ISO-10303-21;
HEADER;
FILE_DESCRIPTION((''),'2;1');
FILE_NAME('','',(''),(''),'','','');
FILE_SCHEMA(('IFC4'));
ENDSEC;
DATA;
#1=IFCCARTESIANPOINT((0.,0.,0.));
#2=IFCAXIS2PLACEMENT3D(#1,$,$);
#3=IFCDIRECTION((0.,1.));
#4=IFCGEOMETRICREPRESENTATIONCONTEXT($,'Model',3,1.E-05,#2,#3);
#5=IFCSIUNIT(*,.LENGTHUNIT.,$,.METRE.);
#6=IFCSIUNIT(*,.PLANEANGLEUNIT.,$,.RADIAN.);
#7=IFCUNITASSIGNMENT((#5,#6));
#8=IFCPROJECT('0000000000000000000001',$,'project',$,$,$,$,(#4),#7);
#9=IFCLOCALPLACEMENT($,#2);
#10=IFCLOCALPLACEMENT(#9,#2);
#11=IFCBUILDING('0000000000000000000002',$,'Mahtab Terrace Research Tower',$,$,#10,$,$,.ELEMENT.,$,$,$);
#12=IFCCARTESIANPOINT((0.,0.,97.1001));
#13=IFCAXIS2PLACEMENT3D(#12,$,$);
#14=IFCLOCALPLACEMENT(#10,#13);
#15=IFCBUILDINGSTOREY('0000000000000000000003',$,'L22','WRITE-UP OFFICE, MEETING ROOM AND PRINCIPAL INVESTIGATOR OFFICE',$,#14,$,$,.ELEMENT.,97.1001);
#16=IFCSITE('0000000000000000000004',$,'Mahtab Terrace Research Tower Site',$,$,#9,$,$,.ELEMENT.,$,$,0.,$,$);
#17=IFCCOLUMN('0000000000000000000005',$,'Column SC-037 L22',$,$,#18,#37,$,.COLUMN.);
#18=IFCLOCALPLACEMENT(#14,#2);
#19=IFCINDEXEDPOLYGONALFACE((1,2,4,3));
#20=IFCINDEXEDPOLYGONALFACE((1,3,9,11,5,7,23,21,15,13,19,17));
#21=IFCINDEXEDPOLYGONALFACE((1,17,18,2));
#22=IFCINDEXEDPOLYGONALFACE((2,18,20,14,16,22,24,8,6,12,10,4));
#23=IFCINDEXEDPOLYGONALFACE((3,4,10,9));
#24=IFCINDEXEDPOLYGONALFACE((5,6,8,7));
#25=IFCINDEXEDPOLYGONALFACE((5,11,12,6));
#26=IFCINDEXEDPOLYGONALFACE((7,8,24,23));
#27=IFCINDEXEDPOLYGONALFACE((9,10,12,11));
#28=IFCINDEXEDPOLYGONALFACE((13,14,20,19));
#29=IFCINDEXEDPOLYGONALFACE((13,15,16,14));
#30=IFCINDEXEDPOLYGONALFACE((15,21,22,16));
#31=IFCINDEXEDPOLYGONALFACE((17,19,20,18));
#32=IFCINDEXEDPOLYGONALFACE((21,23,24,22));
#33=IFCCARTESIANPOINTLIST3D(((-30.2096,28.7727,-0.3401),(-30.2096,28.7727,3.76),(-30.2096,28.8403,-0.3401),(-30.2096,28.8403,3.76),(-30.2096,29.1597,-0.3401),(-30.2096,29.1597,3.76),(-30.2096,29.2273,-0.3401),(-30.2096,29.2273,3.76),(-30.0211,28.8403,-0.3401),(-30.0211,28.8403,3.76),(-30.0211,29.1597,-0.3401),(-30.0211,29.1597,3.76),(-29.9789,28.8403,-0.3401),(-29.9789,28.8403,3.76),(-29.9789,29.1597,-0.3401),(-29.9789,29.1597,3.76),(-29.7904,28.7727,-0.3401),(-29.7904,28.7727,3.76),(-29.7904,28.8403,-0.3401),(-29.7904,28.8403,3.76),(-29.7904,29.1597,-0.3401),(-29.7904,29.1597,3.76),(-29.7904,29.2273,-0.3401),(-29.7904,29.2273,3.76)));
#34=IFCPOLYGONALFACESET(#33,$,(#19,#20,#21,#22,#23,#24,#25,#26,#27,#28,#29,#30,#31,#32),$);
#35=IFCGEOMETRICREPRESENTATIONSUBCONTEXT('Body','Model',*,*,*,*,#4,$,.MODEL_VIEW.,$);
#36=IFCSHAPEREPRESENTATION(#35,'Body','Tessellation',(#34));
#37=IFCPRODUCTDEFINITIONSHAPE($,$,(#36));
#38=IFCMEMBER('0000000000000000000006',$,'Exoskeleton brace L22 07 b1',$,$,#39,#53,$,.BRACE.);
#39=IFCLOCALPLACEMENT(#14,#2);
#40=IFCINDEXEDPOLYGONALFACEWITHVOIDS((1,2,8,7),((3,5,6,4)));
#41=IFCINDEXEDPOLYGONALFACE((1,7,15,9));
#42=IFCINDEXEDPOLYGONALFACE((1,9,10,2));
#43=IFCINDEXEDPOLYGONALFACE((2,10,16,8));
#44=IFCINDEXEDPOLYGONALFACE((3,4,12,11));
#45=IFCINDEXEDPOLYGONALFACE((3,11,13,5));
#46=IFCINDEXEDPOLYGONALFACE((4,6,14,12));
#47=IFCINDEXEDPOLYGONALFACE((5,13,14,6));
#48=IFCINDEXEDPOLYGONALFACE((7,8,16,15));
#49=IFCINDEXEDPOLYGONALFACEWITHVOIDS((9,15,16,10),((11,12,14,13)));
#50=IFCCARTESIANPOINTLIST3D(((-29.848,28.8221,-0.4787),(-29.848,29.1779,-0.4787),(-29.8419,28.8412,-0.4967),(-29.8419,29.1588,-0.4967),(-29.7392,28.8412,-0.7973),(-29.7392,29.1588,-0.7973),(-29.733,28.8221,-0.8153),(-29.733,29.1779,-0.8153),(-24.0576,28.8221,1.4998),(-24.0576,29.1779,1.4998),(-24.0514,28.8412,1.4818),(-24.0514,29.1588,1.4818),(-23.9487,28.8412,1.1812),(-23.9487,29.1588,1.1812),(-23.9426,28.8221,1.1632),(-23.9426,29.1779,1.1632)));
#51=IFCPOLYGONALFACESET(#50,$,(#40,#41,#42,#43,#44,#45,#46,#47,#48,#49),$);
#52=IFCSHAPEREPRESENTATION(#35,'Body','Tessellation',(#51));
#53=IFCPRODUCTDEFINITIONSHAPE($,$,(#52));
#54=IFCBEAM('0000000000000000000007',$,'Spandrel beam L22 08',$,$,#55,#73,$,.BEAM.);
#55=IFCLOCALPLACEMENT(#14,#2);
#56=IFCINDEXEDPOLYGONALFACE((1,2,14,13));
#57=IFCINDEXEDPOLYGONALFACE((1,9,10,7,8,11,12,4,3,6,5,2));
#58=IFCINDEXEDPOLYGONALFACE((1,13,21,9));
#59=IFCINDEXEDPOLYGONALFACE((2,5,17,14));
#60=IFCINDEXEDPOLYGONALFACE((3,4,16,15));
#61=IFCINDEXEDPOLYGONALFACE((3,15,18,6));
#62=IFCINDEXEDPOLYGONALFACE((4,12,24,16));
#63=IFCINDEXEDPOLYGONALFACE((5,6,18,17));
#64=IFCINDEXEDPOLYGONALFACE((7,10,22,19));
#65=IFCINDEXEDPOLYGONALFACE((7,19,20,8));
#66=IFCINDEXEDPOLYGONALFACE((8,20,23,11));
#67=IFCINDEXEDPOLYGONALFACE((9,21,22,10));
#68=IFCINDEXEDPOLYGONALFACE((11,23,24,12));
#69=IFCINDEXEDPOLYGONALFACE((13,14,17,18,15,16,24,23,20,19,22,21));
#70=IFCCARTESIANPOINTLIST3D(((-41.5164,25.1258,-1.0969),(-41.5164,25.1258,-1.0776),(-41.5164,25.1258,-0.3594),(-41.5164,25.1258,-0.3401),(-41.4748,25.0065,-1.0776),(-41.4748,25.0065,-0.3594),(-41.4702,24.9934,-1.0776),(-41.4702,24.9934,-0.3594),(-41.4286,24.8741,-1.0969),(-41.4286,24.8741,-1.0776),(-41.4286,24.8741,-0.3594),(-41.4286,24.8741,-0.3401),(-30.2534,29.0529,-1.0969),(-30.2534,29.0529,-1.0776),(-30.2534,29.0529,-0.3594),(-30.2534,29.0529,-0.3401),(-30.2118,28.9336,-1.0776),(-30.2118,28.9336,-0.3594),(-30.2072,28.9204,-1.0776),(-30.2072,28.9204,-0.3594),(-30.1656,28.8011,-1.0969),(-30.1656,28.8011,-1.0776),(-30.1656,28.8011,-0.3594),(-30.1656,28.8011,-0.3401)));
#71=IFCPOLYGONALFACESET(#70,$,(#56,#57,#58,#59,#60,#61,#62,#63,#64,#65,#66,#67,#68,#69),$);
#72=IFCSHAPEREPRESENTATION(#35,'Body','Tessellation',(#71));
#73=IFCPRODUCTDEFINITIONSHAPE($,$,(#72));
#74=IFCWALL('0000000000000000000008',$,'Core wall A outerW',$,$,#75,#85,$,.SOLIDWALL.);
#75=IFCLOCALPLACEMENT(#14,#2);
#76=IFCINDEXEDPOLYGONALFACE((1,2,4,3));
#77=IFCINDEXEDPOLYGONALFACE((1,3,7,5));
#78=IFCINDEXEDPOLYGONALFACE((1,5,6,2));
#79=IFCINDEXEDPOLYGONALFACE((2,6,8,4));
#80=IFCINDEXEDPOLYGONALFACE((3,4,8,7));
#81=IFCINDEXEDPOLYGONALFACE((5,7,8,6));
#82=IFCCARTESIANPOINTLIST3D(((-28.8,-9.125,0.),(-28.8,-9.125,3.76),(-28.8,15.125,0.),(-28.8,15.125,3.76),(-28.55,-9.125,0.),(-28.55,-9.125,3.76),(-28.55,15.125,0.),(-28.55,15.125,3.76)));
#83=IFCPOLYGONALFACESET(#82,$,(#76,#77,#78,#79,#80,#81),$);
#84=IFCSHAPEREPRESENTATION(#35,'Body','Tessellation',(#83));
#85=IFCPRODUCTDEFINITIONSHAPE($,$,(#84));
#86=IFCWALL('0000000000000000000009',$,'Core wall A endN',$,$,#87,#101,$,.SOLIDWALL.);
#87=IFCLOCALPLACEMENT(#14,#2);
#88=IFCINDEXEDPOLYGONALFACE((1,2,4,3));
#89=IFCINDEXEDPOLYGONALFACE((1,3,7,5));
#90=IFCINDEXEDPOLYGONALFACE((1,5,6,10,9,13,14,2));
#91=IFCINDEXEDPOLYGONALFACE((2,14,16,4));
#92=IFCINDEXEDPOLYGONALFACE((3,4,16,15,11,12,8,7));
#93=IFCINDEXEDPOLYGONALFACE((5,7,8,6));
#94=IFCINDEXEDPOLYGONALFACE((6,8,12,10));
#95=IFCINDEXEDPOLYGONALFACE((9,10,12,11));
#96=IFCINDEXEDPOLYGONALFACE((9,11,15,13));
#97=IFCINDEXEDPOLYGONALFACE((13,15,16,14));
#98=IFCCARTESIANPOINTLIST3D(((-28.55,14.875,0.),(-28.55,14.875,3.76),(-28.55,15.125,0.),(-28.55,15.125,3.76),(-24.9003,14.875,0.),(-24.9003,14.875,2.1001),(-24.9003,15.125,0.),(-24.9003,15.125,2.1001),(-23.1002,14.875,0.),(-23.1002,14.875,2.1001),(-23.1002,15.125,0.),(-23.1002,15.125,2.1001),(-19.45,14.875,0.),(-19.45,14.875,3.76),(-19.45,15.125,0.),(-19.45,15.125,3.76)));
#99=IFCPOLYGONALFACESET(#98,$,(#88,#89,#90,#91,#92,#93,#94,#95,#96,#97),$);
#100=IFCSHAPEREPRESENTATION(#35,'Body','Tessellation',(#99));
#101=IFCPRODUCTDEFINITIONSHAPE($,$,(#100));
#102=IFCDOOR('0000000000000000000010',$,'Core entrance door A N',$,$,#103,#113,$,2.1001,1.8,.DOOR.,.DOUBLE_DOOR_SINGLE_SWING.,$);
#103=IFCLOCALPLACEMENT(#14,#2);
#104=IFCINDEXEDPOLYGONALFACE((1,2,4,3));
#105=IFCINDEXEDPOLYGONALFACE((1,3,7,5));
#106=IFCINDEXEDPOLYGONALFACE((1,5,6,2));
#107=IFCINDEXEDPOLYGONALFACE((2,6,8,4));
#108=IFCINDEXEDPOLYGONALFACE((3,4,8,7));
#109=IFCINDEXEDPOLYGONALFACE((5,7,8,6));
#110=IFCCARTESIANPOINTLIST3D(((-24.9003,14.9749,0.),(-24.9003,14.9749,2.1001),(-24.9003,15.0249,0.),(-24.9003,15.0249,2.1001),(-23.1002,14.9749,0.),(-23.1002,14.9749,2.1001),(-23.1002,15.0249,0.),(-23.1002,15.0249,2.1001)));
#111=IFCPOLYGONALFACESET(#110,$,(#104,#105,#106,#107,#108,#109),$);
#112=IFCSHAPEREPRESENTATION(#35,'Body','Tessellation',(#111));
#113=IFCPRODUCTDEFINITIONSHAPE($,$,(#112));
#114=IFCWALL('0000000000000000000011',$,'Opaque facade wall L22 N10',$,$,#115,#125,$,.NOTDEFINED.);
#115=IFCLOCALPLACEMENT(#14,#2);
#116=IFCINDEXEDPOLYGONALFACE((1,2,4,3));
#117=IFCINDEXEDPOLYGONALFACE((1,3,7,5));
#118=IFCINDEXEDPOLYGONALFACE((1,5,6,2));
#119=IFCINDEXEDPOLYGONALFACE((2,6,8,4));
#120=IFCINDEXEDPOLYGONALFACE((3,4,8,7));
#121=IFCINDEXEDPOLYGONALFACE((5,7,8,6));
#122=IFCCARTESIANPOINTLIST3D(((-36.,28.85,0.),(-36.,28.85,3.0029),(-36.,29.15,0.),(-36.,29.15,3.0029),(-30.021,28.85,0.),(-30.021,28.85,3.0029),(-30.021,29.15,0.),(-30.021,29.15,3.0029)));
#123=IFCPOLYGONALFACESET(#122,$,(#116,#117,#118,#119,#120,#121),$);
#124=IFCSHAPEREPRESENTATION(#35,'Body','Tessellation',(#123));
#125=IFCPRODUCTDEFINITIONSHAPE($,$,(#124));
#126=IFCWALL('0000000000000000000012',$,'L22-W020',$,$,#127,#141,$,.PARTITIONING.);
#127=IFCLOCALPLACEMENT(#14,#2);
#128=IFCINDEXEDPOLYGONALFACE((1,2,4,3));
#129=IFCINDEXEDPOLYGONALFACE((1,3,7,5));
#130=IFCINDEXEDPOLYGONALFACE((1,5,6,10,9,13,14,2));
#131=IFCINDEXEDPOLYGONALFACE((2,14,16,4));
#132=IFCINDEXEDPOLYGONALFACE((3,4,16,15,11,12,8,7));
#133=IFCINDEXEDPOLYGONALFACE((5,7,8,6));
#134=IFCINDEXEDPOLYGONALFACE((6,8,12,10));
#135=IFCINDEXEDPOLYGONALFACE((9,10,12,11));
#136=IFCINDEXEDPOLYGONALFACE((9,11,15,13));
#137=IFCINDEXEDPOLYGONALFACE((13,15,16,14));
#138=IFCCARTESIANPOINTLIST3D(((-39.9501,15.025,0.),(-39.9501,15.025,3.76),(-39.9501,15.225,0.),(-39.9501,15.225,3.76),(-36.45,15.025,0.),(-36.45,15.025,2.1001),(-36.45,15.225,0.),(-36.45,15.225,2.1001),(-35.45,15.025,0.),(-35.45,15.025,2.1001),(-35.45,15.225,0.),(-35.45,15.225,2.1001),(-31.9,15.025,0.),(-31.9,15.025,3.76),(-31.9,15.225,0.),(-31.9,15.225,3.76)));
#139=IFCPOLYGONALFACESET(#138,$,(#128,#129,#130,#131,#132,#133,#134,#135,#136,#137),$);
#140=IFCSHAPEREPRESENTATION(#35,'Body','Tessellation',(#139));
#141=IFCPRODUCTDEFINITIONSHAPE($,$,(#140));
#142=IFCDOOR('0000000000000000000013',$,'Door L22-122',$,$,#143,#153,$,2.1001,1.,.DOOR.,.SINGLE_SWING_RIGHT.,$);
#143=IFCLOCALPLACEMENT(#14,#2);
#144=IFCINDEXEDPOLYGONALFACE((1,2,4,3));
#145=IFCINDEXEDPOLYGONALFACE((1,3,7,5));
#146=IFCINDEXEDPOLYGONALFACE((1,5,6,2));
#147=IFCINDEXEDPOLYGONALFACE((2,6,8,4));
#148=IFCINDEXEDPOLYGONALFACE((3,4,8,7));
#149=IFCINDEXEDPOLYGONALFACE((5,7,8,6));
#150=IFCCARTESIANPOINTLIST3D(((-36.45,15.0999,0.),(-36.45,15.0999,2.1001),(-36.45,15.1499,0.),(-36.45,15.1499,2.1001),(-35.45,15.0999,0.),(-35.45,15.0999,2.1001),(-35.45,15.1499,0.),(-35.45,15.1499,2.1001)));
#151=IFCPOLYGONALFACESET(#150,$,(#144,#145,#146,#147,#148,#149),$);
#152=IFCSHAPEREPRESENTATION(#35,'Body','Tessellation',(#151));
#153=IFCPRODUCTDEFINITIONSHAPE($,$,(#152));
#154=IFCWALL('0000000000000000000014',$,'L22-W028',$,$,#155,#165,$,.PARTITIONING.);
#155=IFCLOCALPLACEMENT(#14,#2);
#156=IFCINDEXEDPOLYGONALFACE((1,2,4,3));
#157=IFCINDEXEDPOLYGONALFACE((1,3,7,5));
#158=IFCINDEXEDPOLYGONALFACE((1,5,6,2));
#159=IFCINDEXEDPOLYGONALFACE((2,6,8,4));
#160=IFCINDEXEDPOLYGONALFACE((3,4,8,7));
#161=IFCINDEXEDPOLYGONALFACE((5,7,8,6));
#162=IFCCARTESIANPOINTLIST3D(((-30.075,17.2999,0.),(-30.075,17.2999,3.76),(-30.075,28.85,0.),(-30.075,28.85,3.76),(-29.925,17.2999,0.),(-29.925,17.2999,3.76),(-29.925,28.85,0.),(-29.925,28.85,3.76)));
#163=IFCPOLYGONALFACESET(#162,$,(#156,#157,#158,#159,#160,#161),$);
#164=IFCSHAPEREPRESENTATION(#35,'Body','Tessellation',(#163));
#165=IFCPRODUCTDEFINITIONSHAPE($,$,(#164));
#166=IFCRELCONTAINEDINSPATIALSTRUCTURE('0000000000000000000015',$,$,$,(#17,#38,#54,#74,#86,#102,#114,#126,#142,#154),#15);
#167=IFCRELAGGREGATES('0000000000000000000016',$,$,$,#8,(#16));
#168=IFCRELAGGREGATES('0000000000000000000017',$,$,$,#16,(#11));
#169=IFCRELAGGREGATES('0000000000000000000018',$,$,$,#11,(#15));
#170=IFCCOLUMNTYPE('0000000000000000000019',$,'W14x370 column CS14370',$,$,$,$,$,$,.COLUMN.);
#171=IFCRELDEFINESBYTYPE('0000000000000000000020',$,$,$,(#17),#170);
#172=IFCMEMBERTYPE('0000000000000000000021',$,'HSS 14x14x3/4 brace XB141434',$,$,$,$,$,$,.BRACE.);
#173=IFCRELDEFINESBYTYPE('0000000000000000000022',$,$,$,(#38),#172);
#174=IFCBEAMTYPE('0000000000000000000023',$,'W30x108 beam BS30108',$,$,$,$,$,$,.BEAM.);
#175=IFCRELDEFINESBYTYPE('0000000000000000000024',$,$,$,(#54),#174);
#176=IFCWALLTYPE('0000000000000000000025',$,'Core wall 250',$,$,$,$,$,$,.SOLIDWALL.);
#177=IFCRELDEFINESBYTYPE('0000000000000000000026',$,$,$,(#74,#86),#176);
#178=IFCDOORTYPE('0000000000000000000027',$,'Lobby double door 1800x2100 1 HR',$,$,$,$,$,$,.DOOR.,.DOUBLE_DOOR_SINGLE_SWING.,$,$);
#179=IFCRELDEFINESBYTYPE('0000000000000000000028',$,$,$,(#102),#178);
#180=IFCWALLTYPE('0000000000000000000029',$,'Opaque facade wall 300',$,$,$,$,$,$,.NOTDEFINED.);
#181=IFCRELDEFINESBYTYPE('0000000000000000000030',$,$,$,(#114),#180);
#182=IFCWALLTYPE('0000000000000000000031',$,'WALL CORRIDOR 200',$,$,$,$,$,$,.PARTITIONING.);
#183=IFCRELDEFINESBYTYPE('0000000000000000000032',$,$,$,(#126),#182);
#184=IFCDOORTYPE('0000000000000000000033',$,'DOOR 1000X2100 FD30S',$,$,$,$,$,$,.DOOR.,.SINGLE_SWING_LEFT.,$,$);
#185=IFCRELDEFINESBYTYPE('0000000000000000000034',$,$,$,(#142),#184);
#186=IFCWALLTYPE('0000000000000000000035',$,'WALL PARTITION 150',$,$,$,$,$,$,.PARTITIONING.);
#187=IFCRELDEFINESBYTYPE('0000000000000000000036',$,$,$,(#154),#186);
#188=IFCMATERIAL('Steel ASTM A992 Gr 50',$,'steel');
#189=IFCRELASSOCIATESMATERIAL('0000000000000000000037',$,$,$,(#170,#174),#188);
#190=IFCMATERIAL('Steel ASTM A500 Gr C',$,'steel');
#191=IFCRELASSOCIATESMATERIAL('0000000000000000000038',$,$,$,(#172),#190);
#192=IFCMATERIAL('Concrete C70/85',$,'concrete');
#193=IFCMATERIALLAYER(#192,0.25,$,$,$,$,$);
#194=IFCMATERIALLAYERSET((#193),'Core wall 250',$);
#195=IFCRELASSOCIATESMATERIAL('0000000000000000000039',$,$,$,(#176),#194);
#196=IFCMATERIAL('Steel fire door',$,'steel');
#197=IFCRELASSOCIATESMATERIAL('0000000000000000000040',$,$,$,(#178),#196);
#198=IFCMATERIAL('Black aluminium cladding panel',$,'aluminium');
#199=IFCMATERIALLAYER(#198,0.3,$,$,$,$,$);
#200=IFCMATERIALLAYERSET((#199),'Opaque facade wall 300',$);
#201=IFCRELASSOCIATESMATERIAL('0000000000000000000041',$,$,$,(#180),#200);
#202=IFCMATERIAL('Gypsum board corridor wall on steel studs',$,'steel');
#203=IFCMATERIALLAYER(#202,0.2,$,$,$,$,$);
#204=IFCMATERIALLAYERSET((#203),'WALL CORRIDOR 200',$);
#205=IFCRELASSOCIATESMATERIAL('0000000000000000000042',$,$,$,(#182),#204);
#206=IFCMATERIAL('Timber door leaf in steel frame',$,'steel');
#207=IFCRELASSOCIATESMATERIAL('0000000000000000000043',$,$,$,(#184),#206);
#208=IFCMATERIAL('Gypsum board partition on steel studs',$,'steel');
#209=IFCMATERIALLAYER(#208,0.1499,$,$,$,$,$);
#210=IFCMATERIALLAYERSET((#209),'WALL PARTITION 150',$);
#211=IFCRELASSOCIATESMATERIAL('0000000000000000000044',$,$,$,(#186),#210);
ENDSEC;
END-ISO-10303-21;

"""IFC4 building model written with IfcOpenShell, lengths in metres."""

from ifc_helpers import new_model, si_unit, direction, frame, frame_2d, origin, origin_2d, place, context, subcontext, project, spatial, rectangle, hollow_rectangle, i_section, extrude, material, layer, layer_set, material_profile, profile_set, type_object, element, fill, save


model = new_model("IFC4")

# Units and contexts
model_context = context("Model", 3, precision=1e-05, world=origin(), true_north=direction((0.0, 1.0)))
body_context = subcontext(model_context, "Body", "Model", "MODEL_VIEW")
ifc_project = project(units=[si_unit("LENGTHUNIT", "METRE"), si_unit("PLANEANGLEUNIT", "RADIAN")], contexts=[model_context])

# Site, building, storey
site_placement = place(None, origin())
site = spatial("IfcSite", under=ifc_project, at=site_placement, Name="Mahtab Terrace Research Tower Site", CompositionType="ELEMENT", RefElevation=0.0)
building_placement = place(site_placement, origin())
building = spatial("IfcBuilding", under=site, at=building_placement, Name="Mahtab Terrace Research Tower", CompositionType="ELEMENT")
storey_placement = place(building_placement, frame((0.0, 0.0, 97.1001)))
storey = spatial("IfcBuildingStorey", under=building, at=storey_placement, Name="L22", Description="WRITE-UP OFFICE, MEETING ROOM AND PRINCIPAL INVESTIGATOR OFFICE", CompositionType="ELEMENT", Elevation=97.1001)

# Column
ifc_material_1 = material(Name="Steel ASTM A992 Gr 50", Category="steel")
ifc_material_profile_1 = material_profile(ifc_material_1, i_section(OverallWidth=0.4192, OverallDepth=0.4546, WebThickness=0.0422, FlangeThickness=0.0676, at=origin_2d()), Name="W14X370")
ifc_profile_set_1 = profile_set([ifc_material_profile_1], Name="Steel ASTM A992 Gr 50")
column_type = type_object("IfcColumnType", Name="W14x370 column CS14370", PredefinedType="COLUMN", material=ifc_profile_set_1)
column_placement = place(storey_placement, frame((-30.0, 29.0, -0.3401), z_axis=(0.0, 0.0, 1.0), x_axis=(1.0, 0.0, 0.0)))
element("IfcColumn", 1, at=column_placement, inside=storey, type_object=column_type, Name="Column SC-037 L22", PredefinedType="COLUMN", context=body_context, shape_type="SweptSolid", body=[
    extrude(i_section(OverallWidth=0.4192, OverallDepth=0.4546, WebThickness=0.0422, FlangeThickness=0.0676, at=origin_2d()), origin(), (0.0, 0.0, 1.0), 4.1001),
])

# Member
ifc_material_2 = material(Name="Steel ASTM A500 Gr C", Category="steel")
ifc_material_profile_2 = material_profile(ifc_material_2, hollow_rectangle(XDim=0.3557, YDim=0.3557, WallThickness=0.019, at=origin_2d()), Name="HSS14X14X3/4")
ifc_profile_set_2 = profile_set([ifc_material_profile_2], Name="Steel ASTM A500 Gr C")
member_type = type_object("IfcMemberType", Name="HSS 14x14x3/4 brace XB141434", PredefinedType="BRACE", material=ifc_profile_set_2)
member_placement = place(storey_placement, frame((-29.7905, 29.0, -0.647), z_axis=(0.946287, 0.0, 0.323329), x_axis=(0.0, 1.0, 0.0)))
element("IfcMember", 2, at=member_placement, inside=storey, type_object=member_type, Name="Exoskeleton brace L22 07 b1", PredefinedType="BRACE", context=body_context, shape_type="SweptSolid", body=[
    extrude(hollow_rectangle(XDim=0.3557, YDim=0.3557, WallThickness=0.019, at=origin_2d()), origin(), (0.0, 0.0, 1.0), 6.1191),
])

# Beam
ifc_material_profile_3 = material_profile(ifc_material_1, i_section(OverallWidth=0.2666, OverallDepth=0.7568, WebThickness=0.0139, FlangeThickness=0.0193, at=origin_2d()), Name="W30X108")
ifc_profile_set_3 = profile_set([ifc_material_profile_3], Name="Steel ASTM A992 Gr 50")
beam_type = type_object("IfcBeamType", Name="W30x108 beam BS30108", PredefinedType="BEAM", material=ifc_profile_set_3)
beam_placement = place(storey_placement, frame((-30.2095, 28.927, -0.7185), z_axis=(-0.944251, -0.329228, 0.0), x_axis=(0.329228, -0.944251, 0.0)))
element("IfcBeam", 3, at=beam_placement, inside=storey, type_object=beam_type, Name="Spandrel beam L22 08", PredefinedType="BEAM", context=body_context, shape_type="SweptSolid", body=[
    extrude(i_section(OverallWidth=0.2666, OverallDepth=0.7568, WebThickness=0.0139, FlangeThickness=0.0193, at=origin_2d()), origin(), (0.0, 0.0, 1.0), 11.928),
])

# Wall
ifc_material_3 = material(Name="Concrete C70/85", Category="concrete")
ifc_layer_1 = layer(ifc_material_3, 0.25)
ifc_layer_set_1 = layer_set([ifc_layer_1], Name="Core wall 250")
wall_type_1 = type_object("IfcWallType", Name="Core wall 250", PredefinedType="SOLIDWALL", material=ifc_layer_set_1)
wall_1_placement = place(storey_placement, frame((-28.675, 15.125, 0.0), z_axis=(0.0, 0.0, 1.0), x_axis=(0.0, -1.0, 0.0)))
element("IfcWall", 4, at=wall_1_placement, inside=storey, type_object=wall_type_1, Name="Core wall A outerW", PredefinedType="SOLIDWALL", context=body_context, shape_type="SweptSolid", body=[
    extrude(rectangle(XDim=24.25, YDim=0.25, at=frame_2d((12.125, 0.0))), origin(), (0.0, 0.0, 1.0), 3.76),
])

# Wall, opening, door
wall_2_placement = place(storey_placement, frame((-28.55, 15.0, 0.0), z_axis=(0.0, 0.0, 1.0), x_axis=(1.0, 0.0, 0.0)))
wall_2 = element("IfcWall", 5, at=wall_2_placement, inside=storey, type_object=wall_type_1, Name="Core wall A endN", PredefinedType="SOLIDWALL", context=body_context, shape_type="SweptSolid", body=[
    extrude(rectangle(XDim=9.1001, YDim=0.25, at=frame_2d((4.55, 0.0))), origin(), (0.0, 0.0, 1.0), 3.76),
])
opening_1_placement = place(wall_2_placement, frame((3.6499, 0.0, 0.0)))
opening_1 = element("IfcOpeningElement", 6, at=opening_1_placement, cuts=wall_2, PredefinedType="OPENING", context=body_context, shape_type="SweptSolid", body=[
    extrude(rectangle(XDim=1.8, YDim=2.1001, at=frame_2d((0.8999, 1.05))), frame((0.0, 0.135, 0.0), z_axis=(0.0, -1.0, 0.0), x_axis=(1.0, 0.0, 0.0)), (0.0, 0.0, 1.0), 0.27),
])
ifc_material_4 = material(Name="Steel fire door", Category="steel")
door_type_1 = type_object("IfcDoorType", Name="Lobby double door 1800x2100 1 HR", OperationType="DOUBLE_DOOR_SINGLE_SWING", PredefinedType="DOOR", material=ifc_material_4)
door_1_placement = place(opening_1_placement, origin())
door_1 = element("IfcDoor", 7, at=door_1_placement, inside=storey, type_object=door_type_1, Name="Core entrance door A N", OperationType="DOUBLE_DOOR_SINGLE_SWING", OverallHeight=2.1001, OverallWidth=1.8, PredefinedType="DOOR", context=body_context, shape_type="SweptSolid", body=[
    extrude(rectangle(XDim=1.8, YDim=2.1001, at=frame_2d((0.8999, 1.05))), frame((0.0, 0.0249, 0.0), z_axis=(0.0, -1.0, 0.0), x_axis=(1.0, 0.0, 0.0)), (0.0, 0.0, 1.0), 0.05),
])
fill(opening_1, door_1)

# Wall
ifc_material_5 = material(Name="Black aluminium cladding panel", Category="aluminium")
ifc_layer_2 = layer(ifc_material_5, 0.3)
ifc_layer_set_2 = layer_set([ifc_layer_2], Name="Opaque facade wall 300")
wall_type_2 = type_object("IfcWallType", Name="Opaque facade wall 300", PredefinedType="NOTDEFINED", material=ifc_layer_set_2)
wall_3_placement = place(storey_placement, frame((-30.021, 29.0, 0.0), z_axis=(0.0, 0.0, 1.0), x_axis=(-1.0, 0.0, 0.0)))
element("IfcWall", 8, at=wall_3_placement, inside=storey, type_object=wall_type_2, Name="Opaque facade wall L22 N10", PredefinedType="NOTDEFINED", context=body_context, shape_type="SweptSolid", body=[
    extrude(rectangle(XDim=5.979, YDim=0.3, at=frame_2d((2.9895, 0.0))), origin(), (0.0, 0.0, 1.0), 3.0029),
])

# Wall, opening, door
ifc_material_6 = material(Name="Gypsum board corridor wall on steel studs", Category="steel")
ifc_layer_3 = layer(ifc_material_6, 0.2)
ifc_layer_set_3 = layer_set([ifc_layer_3], Name="WALL CORRIDOR 200")
wall_type_3 = type_object("IfcWallType", Name="WALL CORRIDOR 200", PredefinedType="PARTITIONING", material=ifc_layer_set_3)
wall_4_placement = place(storey_placement, frame((-39.95, 15.125, 0.0), z_axis=(0.0, 0.0, 1.0), x_axis=(1.0, 0.0, 0.0)))
wall_4 = element("IfcWall", 9, at=wall_4_placement, inside=storey, type_object=wall_type_3, Name="L22-W020", PredefinedType="PARTITIONING", context=body_context, shape_type="SweptSolid", body=[
    extrude(rectangle(XDim=8.05, YDim=0.2, at=frame_2d((4.0249, 0.0))), origin(), (0.0, 0.0, 1.0), 3.76),
])
opening_2_placement = place(wall_4_placement, frame((3.5, 0.0, 0.0)))
opening_2 = element("IfcOpeningElement", 10, at=opening_2_placement, cuts=wall_4, PredefinedType="OPENING", context=body_context, shape_type="SweptSolid", body=[
    extrude(rectangle(XDim=1.0, YDim=2.1001, at=frame_2d((0.5, 1.05))), frame((0.0, 0.1099, 0.0), z_axis=(0.0, -1.0, 0.0), x_axis=(1.0, 0.0, 0.0)), (0.0, 0.0, 1.0), 0.22),
])
ifc_material_7 = material(Name="Timber door leaf in steel frame", Category="steel")
door_type_2 = type_object("IfcDoorType", Name="DOOR 1000X2100 FD30S", OperationType="SINGLE_SWING_LEFT", PredefinedType="DOOR", material=ifc_material_7)
door_2_placement = place(opening_2_placement, origin())
door_2 = element("IfcDoor", 11, at=door_2_placement, inside=storey, type_object=door_type_2, Name="Door L22-122", OperationType="SINGLE_SWING_RIGHT", OverallHeight=2.1001, OverallWidth=1.0, PredefinedType="DOOR", context=body_context, shape_type="SweptSolid", body=[
    extrude(rectangle(XDim=1.0, YDim=2.1001, at=frame_2d((0.5, 1.05))), frame((0.0, 0.0249, 0.0), z_axis=(0.0, -1.0, 0.0), x_axis=(1.0, 0.0, 0.0)), (0.0, 0.0, 1.0), 0.05),
])
fill(opening_2, door_2)

# Wall
ifc_material_8 = material(Name="Gypsum board partition on steel studs", Category="steel")
ifc_layer_4 = layer(ifc_material_8, 0.1499)
ifc_layer_set_4 = layer_set([ifc_layer_4], Name="WALL PARTITION 150")
wall_type_4 = type_object("IfcWallType", Name="WALL PARTITION 150", PredefinedType="PARTITIONING", material=ifc_layer_set_4)
for number, where, z_axis, x_axis, name in (
    (12, (-30.0, 17.3, 0.0), (0.0, 0.0, 1.0), (0.0, 1.0, 0.0), "L22-W028"),
):
    element("IfcWall", number, at=place(storey_placement, frame(where, z_axis=z_axis, x_axis=x_axis)), inside=storey, type_object=wall_type_4, Name=name, PredefinedType="PARTITIONING", context=body_context, shape_type="SweptSolid", body=[
        extrude(rectangle(XDim=11.55, YDim=0.1499, at=frame_2d((5.7749, 0.0))), origin(), (0.0, 0.0, 1.0), 3.76),
    ])

save(model, "model.ifc")
